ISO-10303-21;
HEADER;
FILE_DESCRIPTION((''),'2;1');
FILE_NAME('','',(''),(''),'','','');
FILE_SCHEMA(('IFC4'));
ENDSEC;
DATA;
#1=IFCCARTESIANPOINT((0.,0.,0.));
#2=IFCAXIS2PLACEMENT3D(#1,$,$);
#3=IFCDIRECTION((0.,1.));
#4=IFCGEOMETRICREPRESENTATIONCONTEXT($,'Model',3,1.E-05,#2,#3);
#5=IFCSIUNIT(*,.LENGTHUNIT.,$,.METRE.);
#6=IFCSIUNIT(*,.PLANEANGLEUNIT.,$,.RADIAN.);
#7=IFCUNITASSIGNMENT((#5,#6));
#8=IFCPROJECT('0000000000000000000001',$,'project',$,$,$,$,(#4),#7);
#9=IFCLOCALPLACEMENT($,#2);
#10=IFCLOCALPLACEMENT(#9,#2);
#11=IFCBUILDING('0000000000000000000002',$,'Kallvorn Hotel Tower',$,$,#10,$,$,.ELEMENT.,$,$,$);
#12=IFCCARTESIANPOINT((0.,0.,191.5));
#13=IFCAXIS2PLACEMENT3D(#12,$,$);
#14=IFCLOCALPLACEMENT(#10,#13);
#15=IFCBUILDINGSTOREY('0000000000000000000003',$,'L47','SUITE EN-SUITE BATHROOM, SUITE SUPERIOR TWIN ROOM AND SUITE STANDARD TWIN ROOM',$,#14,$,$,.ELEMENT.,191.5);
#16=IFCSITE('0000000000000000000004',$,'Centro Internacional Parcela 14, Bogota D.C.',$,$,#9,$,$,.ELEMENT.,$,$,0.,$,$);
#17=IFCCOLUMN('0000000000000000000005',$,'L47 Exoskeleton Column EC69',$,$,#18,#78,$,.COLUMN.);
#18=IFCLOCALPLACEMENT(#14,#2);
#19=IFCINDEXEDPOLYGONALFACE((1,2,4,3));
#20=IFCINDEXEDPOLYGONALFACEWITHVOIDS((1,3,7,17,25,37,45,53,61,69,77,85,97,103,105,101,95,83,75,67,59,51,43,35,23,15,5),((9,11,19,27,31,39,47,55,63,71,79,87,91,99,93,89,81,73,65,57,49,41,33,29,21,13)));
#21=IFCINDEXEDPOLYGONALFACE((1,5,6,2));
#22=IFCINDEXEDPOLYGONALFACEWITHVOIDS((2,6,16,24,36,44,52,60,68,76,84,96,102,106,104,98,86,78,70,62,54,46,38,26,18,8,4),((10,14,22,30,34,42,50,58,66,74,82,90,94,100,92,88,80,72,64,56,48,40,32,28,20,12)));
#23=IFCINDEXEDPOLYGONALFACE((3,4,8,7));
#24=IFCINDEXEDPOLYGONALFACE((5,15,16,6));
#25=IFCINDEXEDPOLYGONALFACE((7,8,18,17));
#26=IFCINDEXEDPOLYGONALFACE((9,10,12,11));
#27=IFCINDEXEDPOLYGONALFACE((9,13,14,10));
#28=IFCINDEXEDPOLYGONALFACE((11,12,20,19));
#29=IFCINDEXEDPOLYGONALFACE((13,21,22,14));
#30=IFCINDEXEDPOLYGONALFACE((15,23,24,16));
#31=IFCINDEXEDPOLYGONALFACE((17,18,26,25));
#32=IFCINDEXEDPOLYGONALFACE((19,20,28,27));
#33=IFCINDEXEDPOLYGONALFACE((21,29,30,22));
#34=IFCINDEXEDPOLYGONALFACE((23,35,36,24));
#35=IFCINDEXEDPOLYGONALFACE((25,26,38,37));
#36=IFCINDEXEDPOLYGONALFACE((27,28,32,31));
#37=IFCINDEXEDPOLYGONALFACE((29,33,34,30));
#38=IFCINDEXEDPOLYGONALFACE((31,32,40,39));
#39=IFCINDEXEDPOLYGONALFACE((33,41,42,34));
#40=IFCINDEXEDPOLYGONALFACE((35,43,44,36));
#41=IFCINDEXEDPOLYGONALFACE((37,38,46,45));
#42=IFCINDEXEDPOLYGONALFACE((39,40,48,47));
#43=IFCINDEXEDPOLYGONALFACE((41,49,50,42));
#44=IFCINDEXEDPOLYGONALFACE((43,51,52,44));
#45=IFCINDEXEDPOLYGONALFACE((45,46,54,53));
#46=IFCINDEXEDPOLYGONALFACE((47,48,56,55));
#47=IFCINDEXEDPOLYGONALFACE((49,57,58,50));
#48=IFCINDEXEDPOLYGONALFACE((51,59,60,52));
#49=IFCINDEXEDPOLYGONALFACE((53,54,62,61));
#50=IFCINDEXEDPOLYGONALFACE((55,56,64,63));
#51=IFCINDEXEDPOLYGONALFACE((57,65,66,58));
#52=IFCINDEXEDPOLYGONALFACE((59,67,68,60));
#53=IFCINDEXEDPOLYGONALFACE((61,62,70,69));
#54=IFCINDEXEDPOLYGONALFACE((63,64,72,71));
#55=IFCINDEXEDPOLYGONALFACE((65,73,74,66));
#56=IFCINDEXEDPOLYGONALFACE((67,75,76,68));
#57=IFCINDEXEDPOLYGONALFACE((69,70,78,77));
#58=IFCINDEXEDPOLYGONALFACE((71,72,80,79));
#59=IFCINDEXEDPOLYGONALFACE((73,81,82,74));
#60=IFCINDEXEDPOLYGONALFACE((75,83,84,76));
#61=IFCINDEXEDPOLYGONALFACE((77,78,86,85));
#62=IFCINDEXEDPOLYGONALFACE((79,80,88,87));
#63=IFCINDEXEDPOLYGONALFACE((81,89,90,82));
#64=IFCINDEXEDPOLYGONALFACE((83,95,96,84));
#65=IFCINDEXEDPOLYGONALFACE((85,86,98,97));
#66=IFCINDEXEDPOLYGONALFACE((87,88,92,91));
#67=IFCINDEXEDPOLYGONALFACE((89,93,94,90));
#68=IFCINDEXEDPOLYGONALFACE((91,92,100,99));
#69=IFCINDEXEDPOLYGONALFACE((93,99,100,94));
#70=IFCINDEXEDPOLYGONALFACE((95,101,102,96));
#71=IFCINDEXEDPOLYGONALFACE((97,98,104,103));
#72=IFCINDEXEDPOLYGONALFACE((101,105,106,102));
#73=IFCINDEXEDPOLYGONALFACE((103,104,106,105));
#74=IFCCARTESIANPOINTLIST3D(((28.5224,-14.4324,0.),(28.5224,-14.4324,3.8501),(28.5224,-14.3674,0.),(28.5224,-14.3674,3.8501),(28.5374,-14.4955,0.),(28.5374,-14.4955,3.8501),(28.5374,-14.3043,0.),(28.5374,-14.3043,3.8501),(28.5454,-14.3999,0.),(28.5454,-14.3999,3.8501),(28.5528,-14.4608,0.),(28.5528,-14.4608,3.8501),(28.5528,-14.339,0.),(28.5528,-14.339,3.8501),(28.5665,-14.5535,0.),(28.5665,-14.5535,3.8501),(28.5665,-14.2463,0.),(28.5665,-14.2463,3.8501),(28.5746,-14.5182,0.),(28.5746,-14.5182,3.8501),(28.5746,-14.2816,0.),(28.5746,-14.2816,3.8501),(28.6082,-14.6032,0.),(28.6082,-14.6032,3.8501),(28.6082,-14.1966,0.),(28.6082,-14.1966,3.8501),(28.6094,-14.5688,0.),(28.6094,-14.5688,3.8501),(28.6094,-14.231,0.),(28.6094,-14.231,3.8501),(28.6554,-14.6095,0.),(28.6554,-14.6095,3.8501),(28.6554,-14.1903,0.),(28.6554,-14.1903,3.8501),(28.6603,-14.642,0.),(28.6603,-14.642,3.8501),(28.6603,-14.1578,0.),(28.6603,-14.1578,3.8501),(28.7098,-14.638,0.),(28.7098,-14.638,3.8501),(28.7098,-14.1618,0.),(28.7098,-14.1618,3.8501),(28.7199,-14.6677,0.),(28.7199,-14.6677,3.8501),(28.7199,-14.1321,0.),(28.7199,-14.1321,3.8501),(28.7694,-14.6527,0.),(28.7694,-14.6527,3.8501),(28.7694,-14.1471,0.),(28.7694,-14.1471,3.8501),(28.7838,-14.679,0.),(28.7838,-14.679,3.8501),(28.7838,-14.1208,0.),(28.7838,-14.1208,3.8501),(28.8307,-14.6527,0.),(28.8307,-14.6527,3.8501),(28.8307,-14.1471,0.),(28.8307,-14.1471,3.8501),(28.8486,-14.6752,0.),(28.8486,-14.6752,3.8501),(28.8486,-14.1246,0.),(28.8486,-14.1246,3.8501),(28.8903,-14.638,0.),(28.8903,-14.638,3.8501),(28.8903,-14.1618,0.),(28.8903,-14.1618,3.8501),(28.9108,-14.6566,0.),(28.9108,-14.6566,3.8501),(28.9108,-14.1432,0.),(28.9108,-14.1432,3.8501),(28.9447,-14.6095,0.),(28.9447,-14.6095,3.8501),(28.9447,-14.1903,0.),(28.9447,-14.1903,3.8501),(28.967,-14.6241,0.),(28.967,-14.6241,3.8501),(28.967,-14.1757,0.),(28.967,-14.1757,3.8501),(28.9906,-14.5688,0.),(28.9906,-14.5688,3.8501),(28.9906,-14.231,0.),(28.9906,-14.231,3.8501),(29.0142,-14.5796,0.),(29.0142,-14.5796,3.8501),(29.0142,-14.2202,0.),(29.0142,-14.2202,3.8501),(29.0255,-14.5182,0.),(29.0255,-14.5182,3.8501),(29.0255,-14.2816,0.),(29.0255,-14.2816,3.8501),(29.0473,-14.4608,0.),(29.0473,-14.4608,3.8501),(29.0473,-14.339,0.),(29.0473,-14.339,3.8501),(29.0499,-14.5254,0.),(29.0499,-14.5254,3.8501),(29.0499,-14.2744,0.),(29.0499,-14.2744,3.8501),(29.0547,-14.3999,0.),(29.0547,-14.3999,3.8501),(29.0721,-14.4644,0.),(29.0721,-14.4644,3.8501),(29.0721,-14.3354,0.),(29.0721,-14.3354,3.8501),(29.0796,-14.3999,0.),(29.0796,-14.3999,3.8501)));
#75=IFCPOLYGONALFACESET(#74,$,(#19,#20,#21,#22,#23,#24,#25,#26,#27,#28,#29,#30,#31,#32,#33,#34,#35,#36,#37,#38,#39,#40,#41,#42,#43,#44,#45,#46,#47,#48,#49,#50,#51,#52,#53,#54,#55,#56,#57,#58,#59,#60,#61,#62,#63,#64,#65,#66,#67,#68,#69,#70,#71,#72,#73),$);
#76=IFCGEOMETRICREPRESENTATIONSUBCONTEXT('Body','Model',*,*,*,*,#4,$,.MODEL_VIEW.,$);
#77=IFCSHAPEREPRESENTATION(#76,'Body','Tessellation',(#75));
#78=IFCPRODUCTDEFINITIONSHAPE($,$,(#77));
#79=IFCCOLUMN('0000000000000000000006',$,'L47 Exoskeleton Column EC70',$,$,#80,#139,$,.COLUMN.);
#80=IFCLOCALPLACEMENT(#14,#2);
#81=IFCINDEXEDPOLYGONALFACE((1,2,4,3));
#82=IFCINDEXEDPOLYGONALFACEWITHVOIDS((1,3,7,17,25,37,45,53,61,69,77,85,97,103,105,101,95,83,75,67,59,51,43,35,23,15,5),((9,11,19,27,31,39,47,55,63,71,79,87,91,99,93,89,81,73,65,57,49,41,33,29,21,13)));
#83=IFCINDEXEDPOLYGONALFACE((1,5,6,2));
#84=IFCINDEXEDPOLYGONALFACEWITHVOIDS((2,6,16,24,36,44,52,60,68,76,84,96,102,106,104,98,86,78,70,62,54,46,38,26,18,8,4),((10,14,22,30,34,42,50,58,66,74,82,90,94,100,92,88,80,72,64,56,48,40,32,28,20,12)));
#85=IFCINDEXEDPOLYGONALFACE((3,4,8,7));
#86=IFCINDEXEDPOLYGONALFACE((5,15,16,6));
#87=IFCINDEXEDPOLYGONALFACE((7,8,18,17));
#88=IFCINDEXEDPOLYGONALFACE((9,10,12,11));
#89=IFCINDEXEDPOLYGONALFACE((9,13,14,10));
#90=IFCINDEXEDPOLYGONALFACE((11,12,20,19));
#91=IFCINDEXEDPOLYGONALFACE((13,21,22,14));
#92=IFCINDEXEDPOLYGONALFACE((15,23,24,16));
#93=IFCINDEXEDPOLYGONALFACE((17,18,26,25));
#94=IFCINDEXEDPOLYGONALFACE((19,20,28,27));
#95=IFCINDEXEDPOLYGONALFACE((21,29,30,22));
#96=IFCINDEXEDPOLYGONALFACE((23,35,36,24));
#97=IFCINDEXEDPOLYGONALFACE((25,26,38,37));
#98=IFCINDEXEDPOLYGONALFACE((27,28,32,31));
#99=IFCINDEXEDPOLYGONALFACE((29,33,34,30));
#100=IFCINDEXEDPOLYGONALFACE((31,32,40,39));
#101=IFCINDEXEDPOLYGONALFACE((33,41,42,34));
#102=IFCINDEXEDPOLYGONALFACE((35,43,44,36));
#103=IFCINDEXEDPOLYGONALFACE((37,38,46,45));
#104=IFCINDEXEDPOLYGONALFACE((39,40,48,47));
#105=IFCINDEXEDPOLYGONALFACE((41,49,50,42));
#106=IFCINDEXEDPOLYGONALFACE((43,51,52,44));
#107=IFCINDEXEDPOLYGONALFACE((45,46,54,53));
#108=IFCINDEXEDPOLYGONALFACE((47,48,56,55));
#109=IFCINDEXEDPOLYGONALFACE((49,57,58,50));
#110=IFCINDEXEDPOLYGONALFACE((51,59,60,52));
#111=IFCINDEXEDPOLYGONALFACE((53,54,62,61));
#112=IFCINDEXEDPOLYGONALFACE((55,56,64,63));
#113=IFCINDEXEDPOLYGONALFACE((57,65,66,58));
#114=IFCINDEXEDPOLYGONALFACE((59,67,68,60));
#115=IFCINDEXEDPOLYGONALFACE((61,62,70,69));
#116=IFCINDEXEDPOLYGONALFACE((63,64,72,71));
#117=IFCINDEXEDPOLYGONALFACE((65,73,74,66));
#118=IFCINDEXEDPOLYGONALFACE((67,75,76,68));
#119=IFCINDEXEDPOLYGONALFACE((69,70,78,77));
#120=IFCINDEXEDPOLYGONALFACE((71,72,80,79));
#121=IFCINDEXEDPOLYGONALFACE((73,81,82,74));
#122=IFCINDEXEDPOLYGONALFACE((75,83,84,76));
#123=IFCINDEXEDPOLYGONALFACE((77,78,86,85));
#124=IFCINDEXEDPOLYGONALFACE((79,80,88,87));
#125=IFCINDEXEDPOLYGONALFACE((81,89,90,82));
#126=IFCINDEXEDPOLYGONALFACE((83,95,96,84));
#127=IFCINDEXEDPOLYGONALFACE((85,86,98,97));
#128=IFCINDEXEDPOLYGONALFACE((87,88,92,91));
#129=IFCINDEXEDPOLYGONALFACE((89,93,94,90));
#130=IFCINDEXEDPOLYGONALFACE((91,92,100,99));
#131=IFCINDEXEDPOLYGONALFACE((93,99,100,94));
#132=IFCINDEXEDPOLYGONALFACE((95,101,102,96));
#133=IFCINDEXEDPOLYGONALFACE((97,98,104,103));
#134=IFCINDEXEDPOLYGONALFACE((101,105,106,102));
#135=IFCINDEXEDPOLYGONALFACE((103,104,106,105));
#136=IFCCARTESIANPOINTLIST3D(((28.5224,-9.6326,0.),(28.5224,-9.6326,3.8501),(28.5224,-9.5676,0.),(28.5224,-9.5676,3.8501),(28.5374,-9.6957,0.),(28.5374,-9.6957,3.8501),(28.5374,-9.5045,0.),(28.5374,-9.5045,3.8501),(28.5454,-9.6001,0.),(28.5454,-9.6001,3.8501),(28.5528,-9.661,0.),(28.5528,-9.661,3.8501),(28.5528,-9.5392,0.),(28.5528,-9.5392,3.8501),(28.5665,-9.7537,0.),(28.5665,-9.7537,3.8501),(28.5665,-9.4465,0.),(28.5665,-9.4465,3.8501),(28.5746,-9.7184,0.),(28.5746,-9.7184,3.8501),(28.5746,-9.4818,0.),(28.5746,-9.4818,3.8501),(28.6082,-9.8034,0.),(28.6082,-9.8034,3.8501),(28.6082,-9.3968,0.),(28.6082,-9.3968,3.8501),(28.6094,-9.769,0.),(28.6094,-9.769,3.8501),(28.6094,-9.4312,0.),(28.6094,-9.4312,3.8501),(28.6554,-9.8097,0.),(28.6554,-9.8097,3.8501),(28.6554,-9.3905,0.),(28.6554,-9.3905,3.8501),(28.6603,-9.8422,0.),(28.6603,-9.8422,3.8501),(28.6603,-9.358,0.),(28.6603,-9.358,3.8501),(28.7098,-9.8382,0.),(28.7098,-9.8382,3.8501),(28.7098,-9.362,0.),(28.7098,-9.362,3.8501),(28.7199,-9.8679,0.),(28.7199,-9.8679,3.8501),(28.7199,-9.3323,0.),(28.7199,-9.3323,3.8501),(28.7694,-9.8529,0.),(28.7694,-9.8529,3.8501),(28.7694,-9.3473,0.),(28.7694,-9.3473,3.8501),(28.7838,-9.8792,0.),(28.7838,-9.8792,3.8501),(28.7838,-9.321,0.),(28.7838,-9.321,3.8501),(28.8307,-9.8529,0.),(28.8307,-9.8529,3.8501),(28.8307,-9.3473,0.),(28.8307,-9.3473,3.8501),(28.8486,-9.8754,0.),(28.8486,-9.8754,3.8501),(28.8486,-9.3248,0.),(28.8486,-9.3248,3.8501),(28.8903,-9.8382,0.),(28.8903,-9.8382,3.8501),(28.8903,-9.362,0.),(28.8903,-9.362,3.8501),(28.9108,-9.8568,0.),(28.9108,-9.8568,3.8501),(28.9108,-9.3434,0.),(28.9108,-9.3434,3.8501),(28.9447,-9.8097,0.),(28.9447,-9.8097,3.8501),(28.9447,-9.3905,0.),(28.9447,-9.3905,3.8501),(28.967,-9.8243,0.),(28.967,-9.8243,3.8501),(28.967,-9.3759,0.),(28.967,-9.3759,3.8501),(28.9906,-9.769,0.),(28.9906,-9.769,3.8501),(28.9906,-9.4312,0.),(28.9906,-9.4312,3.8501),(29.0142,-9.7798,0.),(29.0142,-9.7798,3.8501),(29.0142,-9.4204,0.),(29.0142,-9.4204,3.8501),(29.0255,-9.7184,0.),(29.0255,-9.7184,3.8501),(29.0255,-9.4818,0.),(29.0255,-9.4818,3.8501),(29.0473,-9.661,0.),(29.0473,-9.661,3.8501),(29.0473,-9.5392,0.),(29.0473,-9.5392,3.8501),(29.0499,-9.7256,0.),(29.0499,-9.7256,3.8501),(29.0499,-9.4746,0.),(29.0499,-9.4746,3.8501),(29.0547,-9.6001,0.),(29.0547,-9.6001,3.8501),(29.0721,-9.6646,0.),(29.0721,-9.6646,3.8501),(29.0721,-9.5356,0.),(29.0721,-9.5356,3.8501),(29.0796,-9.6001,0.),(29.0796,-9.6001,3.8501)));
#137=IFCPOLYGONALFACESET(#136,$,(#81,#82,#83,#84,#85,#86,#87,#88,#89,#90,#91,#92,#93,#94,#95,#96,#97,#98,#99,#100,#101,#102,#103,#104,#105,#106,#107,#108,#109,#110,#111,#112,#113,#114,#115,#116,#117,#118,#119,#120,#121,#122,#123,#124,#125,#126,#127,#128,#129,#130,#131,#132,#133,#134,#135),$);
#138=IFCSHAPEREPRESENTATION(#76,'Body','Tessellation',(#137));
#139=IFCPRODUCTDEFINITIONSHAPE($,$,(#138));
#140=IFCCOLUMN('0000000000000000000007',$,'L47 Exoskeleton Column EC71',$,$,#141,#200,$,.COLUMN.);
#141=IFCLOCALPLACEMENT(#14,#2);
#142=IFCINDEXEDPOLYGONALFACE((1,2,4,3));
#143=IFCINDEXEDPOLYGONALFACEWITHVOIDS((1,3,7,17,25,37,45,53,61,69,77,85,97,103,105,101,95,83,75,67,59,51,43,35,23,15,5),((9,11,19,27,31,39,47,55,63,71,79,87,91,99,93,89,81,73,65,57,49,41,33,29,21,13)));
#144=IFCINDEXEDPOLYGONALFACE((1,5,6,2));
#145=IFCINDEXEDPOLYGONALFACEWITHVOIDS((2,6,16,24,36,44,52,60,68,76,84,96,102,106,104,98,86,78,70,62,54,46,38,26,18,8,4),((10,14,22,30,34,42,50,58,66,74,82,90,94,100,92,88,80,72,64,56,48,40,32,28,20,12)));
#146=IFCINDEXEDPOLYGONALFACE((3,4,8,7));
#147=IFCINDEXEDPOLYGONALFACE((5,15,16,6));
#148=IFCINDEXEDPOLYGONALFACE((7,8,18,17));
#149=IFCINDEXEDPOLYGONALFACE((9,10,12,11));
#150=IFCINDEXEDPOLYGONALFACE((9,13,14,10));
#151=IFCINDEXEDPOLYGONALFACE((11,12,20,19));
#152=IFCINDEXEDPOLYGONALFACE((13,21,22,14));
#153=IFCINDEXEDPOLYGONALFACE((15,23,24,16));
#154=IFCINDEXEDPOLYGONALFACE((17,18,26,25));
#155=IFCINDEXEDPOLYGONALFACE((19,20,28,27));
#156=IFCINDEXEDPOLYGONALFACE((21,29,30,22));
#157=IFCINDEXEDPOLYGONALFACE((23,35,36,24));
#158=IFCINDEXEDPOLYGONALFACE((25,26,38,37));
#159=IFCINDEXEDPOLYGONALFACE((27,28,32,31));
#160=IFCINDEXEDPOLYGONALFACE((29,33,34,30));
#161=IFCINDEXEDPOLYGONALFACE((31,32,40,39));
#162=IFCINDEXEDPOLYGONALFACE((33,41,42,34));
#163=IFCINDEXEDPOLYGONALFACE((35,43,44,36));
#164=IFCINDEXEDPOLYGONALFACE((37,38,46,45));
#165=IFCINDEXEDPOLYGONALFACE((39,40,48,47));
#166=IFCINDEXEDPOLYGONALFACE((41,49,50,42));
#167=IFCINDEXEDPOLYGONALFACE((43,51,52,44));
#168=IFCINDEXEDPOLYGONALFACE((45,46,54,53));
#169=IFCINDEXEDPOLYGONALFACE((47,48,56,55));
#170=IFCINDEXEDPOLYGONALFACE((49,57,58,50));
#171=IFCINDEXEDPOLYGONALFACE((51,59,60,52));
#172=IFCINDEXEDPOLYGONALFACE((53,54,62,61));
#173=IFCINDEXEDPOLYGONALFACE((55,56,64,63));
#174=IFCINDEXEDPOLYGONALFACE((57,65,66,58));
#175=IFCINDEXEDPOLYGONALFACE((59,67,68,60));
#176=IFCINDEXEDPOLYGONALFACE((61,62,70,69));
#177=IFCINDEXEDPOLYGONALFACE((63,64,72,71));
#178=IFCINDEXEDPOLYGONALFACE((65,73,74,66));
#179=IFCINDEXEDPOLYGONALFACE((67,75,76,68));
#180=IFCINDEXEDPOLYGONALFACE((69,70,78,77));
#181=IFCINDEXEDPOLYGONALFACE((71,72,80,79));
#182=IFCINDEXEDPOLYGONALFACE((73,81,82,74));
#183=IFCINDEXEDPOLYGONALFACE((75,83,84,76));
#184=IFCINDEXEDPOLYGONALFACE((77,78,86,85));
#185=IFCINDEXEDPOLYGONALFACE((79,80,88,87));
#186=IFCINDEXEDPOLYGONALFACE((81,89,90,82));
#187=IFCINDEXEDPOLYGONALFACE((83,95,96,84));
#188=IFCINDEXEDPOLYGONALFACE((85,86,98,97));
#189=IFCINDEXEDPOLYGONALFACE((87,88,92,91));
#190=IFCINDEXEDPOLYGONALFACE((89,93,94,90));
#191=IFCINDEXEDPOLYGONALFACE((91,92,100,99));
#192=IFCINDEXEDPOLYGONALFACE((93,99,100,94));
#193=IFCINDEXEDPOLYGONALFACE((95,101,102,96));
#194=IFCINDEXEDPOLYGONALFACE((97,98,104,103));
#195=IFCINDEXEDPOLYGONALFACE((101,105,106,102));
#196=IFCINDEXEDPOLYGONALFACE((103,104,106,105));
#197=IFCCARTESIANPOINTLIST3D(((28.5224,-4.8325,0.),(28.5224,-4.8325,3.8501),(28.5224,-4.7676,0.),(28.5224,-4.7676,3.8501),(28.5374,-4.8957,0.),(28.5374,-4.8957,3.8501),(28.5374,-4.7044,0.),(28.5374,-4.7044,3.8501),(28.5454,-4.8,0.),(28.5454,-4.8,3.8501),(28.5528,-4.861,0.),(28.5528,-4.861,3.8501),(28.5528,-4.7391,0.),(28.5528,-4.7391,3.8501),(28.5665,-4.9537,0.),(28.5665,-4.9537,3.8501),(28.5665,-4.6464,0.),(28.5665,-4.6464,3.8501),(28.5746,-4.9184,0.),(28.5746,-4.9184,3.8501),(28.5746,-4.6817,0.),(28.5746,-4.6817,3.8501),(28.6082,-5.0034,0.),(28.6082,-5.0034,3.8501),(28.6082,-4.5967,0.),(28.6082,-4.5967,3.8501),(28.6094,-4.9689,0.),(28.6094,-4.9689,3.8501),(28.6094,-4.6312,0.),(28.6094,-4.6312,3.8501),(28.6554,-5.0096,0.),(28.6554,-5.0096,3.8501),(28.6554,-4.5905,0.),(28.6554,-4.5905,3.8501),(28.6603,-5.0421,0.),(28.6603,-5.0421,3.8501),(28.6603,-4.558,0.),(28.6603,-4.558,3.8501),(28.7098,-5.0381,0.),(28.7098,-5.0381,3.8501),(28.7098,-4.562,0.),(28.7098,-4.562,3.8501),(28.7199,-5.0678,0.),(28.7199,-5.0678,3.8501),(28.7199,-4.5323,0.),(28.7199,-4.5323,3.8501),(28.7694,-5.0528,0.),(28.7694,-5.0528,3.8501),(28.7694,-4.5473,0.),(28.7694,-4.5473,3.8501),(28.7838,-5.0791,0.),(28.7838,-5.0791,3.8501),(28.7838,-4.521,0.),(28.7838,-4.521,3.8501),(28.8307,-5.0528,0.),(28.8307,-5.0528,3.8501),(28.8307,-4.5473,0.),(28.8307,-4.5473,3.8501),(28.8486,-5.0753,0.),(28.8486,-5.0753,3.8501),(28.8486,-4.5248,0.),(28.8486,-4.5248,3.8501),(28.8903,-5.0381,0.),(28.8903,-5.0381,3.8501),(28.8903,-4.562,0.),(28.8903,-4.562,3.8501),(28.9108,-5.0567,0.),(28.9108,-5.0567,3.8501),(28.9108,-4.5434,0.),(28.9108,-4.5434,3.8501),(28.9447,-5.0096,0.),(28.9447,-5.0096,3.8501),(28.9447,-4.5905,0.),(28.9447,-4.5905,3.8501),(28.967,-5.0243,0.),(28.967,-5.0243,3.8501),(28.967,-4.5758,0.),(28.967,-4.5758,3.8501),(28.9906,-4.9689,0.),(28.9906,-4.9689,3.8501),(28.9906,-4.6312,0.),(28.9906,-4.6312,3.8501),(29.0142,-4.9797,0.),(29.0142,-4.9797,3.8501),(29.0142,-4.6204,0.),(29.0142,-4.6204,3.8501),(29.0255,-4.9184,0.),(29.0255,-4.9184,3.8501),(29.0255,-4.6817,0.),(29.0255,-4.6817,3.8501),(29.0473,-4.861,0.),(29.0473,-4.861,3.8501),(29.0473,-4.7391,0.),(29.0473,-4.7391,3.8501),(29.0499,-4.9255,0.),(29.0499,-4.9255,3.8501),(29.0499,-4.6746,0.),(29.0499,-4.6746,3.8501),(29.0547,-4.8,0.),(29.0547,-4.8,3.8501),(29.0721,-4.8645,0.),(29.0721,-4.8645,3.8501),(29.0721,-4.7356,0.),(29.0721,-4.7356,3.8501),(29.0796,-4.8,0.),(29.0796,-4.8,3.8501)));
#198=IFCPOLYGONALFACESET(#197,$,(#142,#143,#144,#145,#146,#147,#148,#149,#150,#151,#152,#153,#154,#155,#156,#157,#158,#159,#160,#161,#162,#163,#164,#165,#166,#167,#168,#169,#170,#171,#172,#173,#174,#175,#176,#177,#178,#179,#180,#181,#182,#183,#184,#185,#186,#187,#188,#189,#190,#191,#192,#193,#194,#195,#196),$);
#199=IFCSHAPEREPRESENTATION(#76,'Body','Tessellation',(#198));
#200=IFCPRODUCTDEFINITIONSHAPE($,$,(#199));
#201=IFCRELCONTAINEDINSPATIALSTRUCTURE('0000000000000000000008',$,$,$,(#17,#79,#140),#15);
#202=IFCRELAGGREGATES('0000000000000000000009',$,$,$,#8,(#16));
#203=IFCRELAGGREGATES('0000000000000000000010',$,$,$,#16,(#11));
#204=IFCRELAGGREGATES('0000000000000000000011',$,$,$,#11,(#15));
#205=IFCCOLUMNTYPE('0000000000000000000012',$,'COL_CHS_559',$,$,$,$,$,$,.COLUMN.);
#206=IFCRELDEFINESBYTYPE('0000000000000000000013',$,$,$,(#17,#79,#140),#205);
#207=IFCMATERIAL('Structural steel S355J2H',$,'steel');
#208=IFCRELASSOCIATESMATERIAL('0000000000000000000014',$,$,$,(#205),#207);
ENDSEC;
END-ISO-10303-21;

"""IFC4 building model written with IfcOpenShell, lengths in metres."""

from ifc_helpers import new_model, si_unit, direction, frame, origin, origin_2d, place, context, subcontext, project, spatial, hollow_circle, extrude, material, material_profile, profile_set, type_object, element, save


model = new_model("IFC4")

# Units and contexts
model_context = context("Model", 3, precision=1e-05, world=origin(), true_north=direction((0.0, 1.0)))
body_context = subcontext(model_context, "Body", "Model", "MODEL_VIEW")
ifc_project = project(units=[si_unit("LENGTHUNIT", "METRE"), si_unit("PLANEANGLEUNIT", "RADIAN")], contexts=[model_context])

# Site, building, storey
site_placement = place(None, origin())
site = spatial("IfcSite", under=ifc_project, at=site_placement, Name="Centro Internacional Parcela 14, Bogota D.C.", CompositionType="ELEMENT", RefElevation=0.0)
building_placement = place(site_placement, origin())
building = spatial("IfcBuilding", under=site, at=building_placement, Name="Kallvorn Hotel Tower", CompositionType="ELEMENT")
storey_placement = place(building_placement, frame((0.0, 0.0, 191.5)))
storey = spatial("IfcBuildingStorey", under=building, at=storey_placement, Name="L47", Description="SUITE EN-SUITE BATHROOM, SUITE SUPERIOR TWIN ROOM AND SUITE STANDARD TWIN ROOM", CompositionType="ELEMENT", Elevation=191.5)

# Columns
ifc_material_1 = material(Name="Structural steel S355J2H", Category="steel")
ifc_material_profile_1 = material_profile(ifc_material_1, hollow_circle(Radius=0.2795, WallThickness=0.0249, at=origin_2d()), Name="CHS 559x25")
ifc_profile_set_1 = profile_set([ifc_material_profile_1], Name="Structural steel S355J2H")
column_type_1 = type_object("IfcColumnType", Name="COL_CHS_559", PredefinedType="COLUMN", material=ifc_profile_set_1)
for number, where, z_axis, x_axis, name in (
    (1, (28.8, -14.3999, 0.0), (0.0, 0.0, 1.0), (1.0, 0.0, 0.0), "L47 Exoskeleton Column EC69"),
    (2, (28.8, -9.6001, 0.0), (0.0, 0.0, 1.0), (1.0, 0.0, 0.0), "L47 Exoskeleton Column EC70"),
    (3, (28.8, -4.8, 0.0), (0.0, 0.0, 1.0), (1.0, 0.0, 0.0), "L47 Exoskeleton Column EC71"),
):
    element("IfcColumn", number, at=place(storey_placement, frame(where, z_axis=z_axis, x_axis=x_axis)), inside=storey, type_object=column_type_1, Name=name, PredefinedType="COLUMN", context=body_context, shape_type="SweptSolid", body=[
        extrude(hollow_circle(Radius=0.2795, WallThickness=0.0249, at=origin_2d()), origin(), (0.0, 0.0, 1.0), 3.8501),
    ])

save(model, "model.ifc")
